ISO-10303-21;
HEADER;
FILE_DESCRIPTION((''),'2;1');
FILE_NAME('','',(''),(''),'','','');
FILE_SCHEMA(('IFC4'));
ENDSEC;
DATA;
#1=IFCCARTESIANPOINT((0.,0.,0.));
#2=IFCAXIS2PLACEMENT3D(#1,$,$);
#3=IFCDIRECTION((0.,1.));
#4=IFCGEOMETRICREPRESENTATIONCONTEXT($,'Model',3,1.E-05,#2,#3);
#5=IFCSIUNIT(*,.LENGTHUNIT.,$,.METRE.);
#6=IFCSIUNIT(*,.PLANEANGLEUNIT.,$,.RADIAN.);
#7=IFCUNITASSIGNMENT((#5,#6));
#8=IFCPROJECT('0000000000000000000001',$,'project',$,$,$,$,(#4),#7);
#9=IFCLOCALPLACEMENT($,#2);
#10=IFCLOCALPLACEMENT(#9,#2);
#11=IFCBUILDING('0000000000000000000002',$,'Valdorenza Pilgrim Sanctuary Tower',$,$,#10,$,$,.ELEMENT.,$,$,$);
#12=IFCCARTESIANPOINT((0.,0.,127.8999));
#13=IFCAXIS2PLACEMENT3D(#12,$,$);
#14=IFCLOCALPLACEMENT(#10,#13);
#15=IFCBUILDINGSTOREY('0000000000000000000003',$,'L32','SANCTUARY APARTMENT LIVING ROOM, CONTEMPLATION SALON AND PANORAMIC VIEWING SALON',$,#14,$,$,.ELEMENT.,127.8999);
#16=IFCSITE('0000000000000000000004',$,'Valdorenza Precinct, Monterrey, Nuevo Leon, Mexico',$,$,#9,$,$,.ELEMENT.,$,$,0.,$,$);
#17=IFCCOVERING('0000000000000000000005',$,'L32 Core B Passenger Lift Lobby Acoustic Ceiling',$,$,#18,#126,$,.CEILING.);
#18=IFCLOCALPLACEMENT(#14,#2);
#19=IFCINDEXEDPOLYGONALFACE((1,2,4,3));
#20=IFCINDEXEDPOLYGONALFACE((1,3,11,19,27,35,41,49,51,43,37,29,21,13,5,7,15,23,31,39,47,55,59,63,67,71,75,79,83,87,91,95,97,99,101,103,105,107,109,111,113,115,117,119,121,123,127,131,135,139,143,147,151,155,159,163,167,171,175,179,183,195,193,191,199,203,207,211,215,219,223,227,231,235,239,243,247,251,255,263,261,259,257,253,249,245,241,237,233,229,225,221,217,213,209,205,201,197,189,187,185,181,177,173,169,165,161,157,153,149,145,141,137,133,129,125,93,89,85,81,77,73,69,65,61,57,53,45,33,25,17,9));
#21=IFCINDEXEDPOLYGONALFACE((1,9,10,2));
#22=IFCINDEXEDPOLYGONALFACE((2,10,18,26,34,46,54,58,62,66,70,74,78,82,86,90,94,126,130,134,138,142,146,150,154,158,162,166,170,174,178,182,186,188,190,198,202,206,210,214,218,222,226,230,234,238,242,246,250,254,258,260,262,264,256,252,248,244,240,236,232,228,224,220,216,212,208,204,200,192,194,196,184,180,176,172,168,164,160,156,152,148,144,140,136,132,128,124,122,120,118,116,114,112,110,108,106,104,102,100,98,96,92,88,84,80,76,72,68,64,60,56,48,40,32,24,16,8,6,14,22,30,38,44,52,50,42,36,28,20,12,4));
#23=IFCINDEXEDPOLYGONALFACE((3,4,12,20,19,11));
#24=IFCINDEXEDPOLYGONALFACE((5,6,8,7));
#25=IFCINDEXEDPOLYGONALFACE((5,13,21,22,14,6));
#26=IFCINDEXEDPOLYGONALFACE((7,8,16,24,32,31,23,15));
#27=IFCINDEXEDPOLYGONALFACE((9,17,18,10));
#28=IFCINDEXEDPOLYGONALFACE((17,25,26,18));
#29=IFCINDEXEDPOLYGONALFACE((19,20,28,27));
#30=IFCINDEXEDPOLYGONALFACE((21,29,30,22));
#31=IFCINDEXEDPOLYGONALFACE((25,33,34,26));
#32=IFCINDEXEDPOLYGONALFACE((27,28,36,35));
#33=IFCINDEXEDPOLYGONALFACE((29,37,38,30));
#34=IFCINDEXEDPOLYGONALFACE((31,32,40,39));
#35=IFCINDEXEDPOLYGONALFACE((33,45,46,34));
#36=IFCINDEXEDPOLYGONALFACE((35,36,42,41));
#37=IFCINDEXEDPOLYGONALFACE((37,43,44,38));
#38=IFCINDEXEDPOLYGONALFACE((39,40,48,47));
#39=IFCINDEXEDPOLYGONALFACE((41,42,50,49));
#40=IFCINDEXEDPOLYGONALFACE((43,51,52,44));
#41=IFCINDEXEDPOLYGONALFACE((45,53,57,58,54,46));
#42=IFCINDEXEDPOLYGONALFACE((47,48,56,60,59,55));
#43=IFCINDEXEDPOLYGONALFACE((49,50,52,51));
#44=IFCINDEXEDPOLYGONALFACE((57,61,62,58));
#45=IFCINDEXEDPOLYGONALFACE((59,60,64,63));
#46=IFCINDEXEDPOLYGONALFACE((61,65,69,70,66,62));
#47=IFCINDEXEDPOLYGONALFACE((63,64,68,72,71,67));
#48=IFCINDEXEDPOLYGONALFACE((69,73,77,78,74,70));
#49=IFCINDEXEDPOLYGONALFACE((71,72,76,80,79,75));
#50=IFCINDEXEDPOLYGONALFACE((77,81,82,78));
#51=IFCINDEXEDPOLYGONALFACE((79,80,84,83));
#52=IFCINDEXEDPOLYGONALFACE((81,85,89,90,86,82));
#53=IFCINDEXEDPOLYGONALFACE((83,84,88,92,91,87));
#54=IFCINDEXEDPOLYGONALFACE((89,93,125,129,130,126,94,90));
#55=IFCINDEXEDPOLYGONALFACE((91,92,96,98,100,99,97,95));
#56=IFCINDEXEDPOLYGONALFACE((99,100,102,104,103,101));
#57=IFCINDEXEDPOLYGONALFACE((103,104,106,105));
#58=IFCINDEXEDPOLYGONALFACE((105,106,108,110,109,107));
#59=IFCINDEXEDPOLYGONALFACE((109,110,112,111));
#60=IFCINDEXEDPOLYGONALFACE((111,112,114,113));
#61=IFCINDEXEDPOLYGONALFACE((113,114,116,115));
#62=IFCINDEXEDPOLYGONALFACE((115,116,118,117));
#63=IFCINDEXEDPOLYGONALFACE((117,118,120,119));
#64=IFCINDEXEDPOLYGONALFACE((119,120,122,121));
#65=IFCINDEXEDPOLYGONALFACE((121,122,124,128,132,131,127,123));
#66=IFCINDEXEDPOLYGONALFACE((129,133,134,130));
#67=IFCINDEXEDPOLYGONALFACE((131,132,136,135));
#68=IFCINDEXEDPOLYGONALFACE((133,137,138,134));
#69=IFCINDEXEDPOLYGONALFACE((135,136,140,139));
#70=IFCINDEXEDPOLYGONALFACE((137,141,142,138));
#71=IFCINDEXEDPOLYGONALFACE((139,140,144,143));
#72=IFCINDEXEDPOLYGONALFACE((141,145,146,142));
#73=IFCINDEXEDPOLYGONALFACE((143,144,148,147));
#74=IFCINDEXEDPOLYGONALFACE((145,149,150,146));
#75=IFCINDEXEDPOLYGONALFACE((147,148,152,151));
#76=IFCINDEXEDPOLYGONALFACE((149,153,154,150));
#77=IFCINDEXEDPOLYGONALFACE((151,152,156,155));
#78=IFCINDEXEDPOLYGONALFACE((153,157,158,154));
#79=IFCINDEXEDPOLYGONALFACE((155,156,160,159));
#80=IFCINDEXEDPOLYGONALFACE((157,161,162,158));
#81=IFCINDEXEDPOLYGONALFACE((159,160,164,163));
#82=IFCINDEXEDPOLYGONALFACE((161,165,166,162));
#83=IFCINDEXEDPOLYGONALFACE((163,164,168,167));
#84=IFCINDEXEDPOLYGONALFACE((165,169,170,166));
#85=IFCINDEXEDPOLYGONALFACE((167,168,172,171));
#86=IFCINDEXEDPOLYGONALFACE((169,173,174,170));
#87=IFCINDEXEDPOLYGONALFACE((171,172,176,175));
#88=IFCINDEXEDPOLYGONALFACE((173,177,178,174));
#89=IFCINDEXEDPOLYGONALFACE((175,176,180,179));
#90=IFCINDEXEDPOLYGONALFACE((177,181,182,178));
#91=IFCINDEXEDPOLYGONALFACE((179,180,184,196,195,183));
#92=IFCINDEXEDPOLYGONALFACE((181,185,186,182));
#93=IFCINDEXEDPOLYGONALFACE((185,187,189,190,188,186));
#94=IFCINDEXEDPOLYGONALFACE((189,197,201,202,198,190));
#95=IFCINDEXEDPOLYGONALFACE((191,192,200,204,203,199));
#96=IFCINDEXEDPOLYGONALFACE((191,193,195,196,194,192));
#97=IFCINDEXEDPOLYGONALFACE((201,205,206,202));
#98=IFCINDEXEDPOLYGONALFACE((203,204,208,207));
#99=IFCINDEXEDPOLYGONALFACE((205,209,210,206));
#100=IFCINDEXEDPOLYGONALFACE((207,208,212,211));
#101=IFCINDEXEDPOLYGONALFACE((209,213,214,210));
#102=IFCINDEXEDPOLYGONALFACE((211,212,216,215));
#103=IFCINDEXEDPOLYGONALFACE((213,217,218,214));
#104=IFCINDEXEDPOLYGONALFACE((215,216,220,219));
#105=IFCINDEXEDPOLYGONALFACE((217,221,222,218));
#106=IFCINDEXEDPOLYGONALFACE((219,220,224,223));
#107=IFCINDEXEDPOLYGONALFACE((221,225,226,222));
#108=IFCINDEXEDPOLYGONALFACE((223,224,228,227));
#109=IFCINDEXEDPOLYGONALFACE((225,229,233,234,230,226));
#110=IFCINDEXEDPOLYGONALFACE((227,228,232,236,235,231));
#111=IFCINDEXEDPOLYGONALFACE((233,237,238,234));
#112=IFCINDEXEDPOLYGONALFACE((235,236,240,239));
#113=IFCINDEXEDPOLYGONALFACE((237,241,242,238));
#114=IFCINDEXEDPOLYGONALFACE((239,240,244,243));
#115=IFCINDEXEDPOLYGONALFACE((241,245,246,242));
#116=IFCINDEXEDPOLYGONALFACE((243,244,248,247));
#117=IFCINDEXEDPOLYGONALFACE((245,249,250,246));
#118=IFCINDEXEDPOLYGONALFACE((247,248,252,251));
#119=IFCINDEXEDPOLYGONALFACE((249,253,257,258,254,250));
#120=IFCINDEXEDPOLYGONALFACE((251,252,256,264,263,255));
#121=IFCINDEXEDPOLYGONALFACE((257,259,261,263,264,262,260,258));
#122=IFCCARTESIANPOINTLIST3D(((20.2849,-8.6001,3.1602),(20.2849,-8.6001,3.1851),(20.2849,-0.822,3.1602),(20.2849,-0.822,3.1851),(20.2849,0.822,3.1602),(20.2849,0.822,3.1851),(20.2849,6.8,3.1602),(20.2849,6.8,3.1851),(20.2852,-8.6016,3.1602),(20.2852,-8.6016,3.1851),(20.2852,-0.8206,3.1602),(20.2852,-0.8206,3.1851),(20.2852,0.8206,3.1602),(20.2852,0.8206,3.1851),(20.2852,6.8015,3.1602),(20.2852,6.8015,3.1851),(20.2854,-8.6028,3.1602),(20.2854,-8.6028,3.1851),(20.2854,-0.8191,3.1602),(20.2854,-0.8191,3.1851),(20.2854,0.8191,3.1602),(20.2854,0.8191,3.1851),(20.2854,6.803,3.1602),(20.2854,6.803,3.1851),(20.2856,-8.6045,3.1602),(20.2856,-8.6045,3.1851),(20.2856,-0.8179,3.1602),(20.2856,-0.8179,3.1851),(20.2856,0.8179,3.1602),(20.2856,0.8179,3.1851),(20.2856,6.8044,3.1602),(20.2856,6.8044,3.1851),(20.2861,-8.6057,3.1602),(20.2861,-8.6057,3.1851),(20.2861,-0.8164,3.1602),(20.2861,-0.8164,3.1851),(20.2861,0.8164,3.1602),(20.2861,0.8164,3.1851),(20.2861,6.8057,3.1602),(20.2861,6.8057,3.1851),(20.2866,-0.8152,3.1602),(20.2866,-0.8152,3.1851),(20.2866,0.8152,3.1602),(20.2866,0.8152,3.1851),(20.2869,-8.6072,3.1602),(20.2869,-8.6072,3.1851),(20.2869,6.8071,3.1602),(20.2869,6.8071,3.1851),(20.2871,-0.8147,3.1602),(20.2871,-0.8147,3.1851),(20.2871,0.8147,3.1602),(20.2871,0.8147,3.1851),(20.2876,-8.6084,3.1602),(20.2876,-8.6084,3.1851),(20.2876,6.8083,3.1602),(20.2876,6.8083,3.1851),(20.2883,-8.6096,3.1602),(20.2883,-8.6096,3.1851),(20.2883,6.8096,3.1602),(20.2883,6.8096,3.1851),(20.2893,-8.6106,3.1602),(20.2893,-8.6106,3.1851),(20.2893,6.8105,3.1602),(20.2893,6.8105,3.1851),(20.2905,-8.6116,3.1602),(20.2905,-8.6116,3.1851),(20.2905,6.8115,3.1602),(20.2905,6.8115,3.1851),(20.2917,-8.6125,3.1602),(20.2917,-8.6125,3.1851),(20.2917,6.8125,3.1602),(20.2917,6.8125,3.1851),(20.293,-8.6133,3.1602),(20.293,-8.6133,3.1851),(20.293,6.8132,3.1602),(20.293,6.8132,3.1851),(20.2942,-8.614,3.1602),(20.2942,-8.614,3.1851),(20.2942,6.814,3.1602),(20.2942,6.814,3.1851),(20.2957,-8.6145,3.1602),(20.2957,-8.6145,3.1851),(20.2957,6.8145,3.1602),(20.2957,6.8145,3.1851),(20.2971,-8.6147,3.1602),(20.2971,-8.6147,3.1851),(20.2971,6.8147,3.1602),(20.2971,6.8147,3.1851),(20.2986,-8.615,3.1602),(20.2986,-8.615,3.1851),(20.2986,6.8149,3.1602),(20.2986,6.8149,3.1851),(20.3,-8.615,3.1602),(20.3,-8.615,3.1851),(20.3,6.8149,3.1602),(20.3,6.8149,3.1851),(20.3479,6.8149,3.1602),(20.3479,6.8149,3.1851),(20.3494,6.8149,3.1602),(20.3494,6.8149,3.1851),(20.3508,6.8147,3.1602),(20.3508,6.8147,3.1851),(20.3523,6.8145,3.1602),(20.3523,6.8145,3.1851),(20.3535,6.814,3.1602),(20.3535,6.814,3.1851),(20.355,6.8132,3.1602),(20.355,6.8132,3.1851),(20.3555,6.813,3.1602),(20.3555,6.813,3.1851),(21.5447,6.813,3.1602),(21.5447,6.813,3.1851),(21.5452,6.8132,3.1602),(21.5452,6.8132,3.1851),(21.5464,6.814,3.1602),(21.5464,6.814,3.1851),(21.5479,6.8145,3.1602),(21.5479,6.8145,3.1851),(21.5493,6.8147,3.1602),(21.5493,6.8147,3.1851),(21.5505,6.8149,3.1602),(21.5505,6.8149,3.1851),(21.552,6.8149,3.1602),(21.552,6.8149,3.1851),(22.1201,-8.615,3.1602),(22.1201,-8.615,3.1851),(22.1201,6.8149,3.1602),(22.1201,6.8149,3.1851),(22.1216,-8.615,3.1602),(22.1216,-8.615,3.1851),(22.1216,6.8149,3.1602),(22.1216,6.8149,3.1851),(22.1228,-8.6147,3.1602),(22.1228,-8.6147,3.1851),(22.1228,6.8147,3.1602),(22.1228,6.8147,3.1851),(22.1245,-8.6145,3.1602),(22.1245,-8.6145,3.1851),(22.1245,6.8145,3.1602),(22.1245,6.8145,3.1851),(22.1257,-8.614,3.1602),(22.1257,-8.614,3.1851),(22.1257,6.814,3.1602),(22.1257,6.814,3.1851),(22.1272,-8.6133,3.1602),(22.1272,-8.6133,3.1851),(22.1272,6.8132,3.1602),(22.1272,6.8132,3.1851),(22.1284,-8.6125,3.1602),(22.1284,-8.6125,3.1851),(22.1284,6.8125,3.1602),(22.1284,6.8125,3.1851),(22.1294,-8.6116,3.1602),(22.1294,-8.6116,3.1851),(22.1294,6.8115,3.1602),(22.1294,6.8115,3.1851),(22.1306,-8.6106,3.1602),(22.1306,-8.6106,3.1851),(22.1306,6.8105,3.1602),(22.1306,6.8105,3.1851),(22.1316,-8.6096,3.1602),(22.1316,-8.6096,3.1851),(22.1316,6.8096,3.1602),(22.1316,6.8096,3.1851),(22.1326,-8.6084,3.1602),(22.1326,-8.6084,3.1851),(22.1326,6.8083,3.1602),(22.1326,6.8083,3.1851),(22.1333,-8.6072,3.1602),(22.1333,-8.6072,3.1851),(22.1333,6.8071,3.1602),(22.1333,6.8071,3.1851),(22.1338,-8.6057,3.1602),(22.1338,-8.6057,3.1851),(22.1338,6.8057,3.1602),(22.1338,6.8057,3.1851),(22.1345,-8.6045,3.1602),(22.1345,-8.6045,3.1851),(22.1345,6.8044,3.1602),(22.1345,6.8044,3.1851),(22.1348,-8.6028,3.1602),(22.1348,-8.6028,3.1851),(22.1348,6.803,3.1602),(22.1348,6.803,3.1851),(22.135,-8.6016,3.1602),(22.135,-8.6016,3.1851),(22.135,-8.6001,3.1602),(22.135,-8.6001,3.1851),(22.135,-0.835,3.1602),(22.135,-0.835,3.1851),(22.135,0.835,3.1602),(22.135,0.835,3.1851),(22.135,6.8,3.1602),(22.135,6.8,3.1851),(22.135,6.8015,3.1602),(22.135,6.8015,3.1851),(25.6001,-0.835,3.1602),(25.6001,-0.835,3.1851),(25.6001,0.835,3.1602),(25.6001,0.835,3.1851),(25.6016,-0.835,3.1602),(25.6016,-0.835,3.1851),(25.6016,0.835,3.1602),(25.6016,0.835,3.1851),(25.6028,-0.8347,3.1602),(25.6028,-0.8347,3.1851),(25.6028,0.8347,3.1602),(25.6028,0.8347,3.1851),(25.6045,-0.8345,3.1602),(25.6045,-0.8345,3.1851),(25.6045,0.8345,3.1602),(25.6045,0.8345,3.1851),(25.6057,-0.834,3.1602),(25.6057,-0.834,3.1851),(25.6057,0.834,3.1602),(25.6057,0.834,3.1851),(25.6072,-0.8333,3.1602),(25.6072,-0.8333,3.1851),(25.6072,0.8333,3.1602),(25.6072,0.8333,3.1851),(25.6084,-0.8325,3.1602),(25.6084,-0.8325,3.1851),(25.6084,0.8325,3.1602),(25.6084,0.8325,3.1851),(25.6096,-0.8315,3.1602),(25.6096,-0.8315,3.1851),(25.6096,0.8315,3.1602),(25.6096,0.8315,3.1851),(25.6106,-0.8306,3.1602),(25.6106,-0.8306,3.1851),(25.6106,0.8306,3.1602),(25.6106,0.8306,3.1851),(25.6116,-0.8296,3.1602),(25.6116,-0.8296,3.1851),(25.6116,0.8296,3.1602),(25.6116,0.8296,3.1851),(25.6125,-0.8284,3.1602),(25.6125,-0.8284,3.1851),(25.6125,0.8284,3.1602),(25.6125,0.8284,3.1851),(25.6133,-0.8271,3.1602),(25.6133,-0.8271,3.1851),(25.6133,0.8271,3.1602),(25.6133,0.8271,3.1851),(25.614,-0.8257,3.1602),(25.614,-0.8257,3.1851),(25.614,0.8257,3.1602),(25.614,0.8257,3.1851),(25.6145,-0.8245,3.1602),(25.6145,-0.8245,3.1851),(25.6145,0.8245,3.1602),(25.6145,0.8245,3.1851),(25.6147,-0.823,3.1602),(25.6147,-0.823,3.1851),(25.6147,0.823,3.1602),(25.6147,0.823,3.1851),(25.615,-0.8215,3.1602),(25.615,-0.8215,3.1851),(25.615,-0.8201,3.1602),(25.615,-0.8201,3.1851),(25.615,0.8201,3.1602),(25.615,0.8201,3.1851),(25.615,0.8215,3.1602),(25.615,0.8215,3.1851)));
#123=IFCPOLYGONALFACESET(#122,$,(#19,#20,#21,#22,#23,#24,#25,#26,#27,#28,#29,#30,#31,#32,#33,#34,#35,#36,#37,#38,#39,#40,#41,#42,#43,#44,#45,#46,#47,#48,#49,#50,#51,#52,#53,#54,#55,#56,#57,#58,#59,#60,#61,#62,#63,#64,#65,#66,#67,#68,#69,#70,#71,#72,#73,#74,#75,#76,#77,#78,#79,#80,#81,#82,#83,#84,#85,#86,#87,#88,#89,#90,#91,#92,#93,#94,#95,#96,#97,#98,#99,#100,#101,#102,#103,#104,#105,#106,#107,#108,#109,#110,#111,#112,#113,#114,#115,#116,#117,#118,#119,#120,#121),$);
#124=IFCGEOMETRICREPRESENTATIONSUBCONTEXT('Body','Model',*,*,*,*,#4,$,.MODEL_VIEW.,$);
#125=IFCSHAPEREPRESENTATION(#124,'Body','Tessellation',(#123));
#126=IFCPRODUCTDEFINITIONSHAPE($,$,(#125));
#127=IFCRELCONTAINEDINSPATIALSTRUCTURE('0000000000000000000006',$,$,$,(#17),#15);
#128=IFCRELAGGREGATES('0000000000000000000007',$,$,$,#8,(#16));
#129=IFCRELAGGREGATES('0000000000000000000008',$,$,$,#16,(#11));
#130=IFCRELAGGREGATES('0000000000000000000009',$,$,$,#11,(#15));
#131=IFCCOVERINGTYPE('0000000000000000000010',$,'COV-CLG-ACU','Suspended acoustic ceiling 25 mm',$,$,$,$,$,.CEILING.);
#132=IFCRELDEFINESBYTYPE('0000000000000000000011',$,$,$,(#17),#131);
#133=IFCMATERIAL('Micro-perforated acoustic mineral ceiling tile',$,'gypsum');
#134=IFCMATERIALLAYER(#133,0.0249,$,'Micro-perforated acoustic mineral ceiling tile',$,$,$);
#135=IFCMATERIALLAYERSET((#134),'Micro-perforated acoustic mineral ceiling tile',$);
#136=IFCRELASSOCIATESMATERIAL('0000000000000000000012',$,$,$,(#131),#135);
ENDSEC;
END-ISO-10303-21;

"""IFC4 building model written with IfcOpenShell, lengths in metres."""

from ifc_helpers import new_model, si_unit, direction, frame, origin, place, context, subcontext, project, spatial, polyline, outline, extrude, material, layer, layer_set, type_object, element, save


model = new_model("IFC4")

# Units and contexts
model_context = context("Model", 3, precision=1e-05, world=origin(), true_north=direction((0.0, 1.0)))
body_context = subcontext(model_context, "Body", "Model", "MODEL_VIEW")
ifc_project = project(units=[si_unit("LENGTHUNIT", "METRE"), si_unit("PLANEANGLEUNIT", "RADIAN")], contexts=[model_context])

# Site, building, storey
site_placement = place(None, origin())
site = spatial("IfcSite", under=ifc_project, at=site_placement, Name="Valdorenza Precinct, Monterrey, Nuevo Leon, Mexico", CompositionType="ELEMENT", RefElevation=0.0)
building_placement = place(site_placement, origin())
building = spatial("IfcBuilding", under=site, at=building_placement, Name="Valdorenza Pilgrim Sanctuary Tower", CompositionType="ELEMENT")
storey_placement = place(building_placement, frame((0.0, 0.0, 127.8999)))
storey = spatial("IfcBuildingStorey", under=building, at=storey_placement, Name="L32", Description="SANCTUARY APARTMENT LIVING ROOM, CONTEMPLATION SALON AND PANORAMIC VIEWING SALON", CompositionType="ELEMENT", Elevation=127.8999)

# Covering
ifc_material_1 = material(Name="Micro-perforated acoustic mineral ceiling tile", Category="gypsum")
ifc_layer_1 = layer(ifc_material_1, 0.0249, Name="Micro-perforated acoustic mineral ceiling tile")
ifc_layer_set_1 = layer_set([ifc_layer_1], Name="Micro-perforated acoustic mineral ceiling tile")
covering_type_1 = type_object("IfcCoveringType", Name="COV-CLG-ACU", Description="Suspended acoustic ceiling 25 mm", PredefinedType="CEILING", material=ifc_layer_set_1)
covering_1_placement = place(storey_placement, frame((0.0, 0.0, 3.1602)))
element("IfcCovering", 1, at=covering_1_placement, inside=storey, type_object=covering_type_1, Name="L32 Core B Passenger Lift Lobby Acoustic Ceiling", PredefinedType="CEILING", context=body_context, shape_type="SweptSolid", body=[
    extrude(outline(polyline([(20.2871, -0.8147), (20.2871, 0.8147), (20.2866, 0.8152), (20.2861, 0.8164), (20.2856, 0.8179), (20.2854, 0.8191), (20.2852, 0.8206), (20.2849, 0.822), (20.2849, 6.8), (20.2852, 6.8015), (20.2854, 6.803), (20.2856, 6.8044), (20.2861, 6.8057), (20.2869, 6.8071), (20.2876, 6.8083), (20.2883, 6.8096), (20.2893, 6.8105), (20.2905, 6.8115), (20.2917, 6.8125), (20.293, 6.8132), (20.2942, 6.814), (20.2957, 6.8145), (20.2971, 6.8147), (20.2986, 6.8149), (20.3, 6.8149), (20.3479, 6.8149), (20.3494, 6.8149), (20.3508, 6.8147), (20.3523, 6.8145), (20.3535, 6.814), (20.355, 6.8132), (20.3555, 6.813), (21.5447, 6.813), (21.5452, 6.8132), (21.5464, 6.814), (21.5479, 6.8145), (21.5493, 6.8147), (21.5505, 6.8149), (21.552, 6.8149), (22.1201, 6.8149), (22.1216, 6.8149), (22.1228, 6.8147), (22.1245, 6.8145), (22.1257, 6.814), (22.1272, 6.8132), (22.1284, 6.8125), (22.1294, 6.8115), (22.1306, 6.8105), (22.1316, 6.8096), (22.1326, 6.8083), (22.1333, 6.8071), (22.1338, 6.8057), (22.1345, 6.8044), (22.1348, 6.803), (22.135, 6.8015), (22.135, 6.8), (22.135, 0.835), (25.6001, 0.835), (25.6016, 0.835), (25.6028, 0.8347), (25.6045, 0.8345), (25.6057, 0.834), (25.6072, 0.8333), (25.6084, 0.8325), (25.6096, 0.8315), (25.6106, 0.8306), (25.6116, 0.8296), (25.6125, 0.8284), (25.6133, 0.8271), (25.614, 0.8257), (25.6145, 0.8245), (25.6147, 0.823), (25.615, 0.8215), (25.615, 0.8201), (25.615, -0.8201), (25.615, -0.8215), (25.6147, -0.823), (25.6145, -0.8245), (25.614, -0.8257), (25.6133, -0.8271), (25.6125, -0.8284), (25.6116, -0.8296), (25.6106, -0.8306), (25.6096, -0.8315), (25.6084, -0.8325), (25.6072, -0.8333), (25.6057, -0.834), (25.6045, -0.8345), (25.6028, -0.8347), (25.6016, -0.835), (25.6001, -0.835), (22.135, -0.835), (22.135, -8.6001), (22.135, -8.6016), (22.1348, -8.6028), (22.1345, -8.6045), (22.1338, -8.6057), (22.1333, -8.6072), (22.1326, -8.6084), (22.1316, -8.6096), (22.1306, -8.6106), (22.1294, -8.6116), (22.1284, -8.6125), (22.1272, -8.6133), (22.1257, -8.614), (22.1245, -8.6145), (22.1228, -8.6147), (22.1216, -8.615), (22.1201, -8.615), (20.3, -8.615), (20.2986, -8.615), (20.2971, -8.6147), (20.2957, -8.6145), (20.2942, -8.614), (20.293, -8.6133), (20.2917, -8.6125), (20.2905, -8.6116), (20.2893, -8.6106), (20.2883, -8.6096), (20.2876, -8.6084), (20.2869, -8.6072), (20.2861, -8.6057), (20.2856, -8.6045), (20.2854, -8.6028), (20.2852, -8.6016), (20.2849, -8.6001), (20.2849, -0.822), (20.2852, -0.8206), (20.2854, -0.8191), (20.2856, -0.8179), (20.2861, -0.8164), (20.2866, -0.8152), (20.2871, -0.8147)])), origin(), (0.0, 0.0, 1.0), 0.0249),
])

save(model, "model.ifc")
